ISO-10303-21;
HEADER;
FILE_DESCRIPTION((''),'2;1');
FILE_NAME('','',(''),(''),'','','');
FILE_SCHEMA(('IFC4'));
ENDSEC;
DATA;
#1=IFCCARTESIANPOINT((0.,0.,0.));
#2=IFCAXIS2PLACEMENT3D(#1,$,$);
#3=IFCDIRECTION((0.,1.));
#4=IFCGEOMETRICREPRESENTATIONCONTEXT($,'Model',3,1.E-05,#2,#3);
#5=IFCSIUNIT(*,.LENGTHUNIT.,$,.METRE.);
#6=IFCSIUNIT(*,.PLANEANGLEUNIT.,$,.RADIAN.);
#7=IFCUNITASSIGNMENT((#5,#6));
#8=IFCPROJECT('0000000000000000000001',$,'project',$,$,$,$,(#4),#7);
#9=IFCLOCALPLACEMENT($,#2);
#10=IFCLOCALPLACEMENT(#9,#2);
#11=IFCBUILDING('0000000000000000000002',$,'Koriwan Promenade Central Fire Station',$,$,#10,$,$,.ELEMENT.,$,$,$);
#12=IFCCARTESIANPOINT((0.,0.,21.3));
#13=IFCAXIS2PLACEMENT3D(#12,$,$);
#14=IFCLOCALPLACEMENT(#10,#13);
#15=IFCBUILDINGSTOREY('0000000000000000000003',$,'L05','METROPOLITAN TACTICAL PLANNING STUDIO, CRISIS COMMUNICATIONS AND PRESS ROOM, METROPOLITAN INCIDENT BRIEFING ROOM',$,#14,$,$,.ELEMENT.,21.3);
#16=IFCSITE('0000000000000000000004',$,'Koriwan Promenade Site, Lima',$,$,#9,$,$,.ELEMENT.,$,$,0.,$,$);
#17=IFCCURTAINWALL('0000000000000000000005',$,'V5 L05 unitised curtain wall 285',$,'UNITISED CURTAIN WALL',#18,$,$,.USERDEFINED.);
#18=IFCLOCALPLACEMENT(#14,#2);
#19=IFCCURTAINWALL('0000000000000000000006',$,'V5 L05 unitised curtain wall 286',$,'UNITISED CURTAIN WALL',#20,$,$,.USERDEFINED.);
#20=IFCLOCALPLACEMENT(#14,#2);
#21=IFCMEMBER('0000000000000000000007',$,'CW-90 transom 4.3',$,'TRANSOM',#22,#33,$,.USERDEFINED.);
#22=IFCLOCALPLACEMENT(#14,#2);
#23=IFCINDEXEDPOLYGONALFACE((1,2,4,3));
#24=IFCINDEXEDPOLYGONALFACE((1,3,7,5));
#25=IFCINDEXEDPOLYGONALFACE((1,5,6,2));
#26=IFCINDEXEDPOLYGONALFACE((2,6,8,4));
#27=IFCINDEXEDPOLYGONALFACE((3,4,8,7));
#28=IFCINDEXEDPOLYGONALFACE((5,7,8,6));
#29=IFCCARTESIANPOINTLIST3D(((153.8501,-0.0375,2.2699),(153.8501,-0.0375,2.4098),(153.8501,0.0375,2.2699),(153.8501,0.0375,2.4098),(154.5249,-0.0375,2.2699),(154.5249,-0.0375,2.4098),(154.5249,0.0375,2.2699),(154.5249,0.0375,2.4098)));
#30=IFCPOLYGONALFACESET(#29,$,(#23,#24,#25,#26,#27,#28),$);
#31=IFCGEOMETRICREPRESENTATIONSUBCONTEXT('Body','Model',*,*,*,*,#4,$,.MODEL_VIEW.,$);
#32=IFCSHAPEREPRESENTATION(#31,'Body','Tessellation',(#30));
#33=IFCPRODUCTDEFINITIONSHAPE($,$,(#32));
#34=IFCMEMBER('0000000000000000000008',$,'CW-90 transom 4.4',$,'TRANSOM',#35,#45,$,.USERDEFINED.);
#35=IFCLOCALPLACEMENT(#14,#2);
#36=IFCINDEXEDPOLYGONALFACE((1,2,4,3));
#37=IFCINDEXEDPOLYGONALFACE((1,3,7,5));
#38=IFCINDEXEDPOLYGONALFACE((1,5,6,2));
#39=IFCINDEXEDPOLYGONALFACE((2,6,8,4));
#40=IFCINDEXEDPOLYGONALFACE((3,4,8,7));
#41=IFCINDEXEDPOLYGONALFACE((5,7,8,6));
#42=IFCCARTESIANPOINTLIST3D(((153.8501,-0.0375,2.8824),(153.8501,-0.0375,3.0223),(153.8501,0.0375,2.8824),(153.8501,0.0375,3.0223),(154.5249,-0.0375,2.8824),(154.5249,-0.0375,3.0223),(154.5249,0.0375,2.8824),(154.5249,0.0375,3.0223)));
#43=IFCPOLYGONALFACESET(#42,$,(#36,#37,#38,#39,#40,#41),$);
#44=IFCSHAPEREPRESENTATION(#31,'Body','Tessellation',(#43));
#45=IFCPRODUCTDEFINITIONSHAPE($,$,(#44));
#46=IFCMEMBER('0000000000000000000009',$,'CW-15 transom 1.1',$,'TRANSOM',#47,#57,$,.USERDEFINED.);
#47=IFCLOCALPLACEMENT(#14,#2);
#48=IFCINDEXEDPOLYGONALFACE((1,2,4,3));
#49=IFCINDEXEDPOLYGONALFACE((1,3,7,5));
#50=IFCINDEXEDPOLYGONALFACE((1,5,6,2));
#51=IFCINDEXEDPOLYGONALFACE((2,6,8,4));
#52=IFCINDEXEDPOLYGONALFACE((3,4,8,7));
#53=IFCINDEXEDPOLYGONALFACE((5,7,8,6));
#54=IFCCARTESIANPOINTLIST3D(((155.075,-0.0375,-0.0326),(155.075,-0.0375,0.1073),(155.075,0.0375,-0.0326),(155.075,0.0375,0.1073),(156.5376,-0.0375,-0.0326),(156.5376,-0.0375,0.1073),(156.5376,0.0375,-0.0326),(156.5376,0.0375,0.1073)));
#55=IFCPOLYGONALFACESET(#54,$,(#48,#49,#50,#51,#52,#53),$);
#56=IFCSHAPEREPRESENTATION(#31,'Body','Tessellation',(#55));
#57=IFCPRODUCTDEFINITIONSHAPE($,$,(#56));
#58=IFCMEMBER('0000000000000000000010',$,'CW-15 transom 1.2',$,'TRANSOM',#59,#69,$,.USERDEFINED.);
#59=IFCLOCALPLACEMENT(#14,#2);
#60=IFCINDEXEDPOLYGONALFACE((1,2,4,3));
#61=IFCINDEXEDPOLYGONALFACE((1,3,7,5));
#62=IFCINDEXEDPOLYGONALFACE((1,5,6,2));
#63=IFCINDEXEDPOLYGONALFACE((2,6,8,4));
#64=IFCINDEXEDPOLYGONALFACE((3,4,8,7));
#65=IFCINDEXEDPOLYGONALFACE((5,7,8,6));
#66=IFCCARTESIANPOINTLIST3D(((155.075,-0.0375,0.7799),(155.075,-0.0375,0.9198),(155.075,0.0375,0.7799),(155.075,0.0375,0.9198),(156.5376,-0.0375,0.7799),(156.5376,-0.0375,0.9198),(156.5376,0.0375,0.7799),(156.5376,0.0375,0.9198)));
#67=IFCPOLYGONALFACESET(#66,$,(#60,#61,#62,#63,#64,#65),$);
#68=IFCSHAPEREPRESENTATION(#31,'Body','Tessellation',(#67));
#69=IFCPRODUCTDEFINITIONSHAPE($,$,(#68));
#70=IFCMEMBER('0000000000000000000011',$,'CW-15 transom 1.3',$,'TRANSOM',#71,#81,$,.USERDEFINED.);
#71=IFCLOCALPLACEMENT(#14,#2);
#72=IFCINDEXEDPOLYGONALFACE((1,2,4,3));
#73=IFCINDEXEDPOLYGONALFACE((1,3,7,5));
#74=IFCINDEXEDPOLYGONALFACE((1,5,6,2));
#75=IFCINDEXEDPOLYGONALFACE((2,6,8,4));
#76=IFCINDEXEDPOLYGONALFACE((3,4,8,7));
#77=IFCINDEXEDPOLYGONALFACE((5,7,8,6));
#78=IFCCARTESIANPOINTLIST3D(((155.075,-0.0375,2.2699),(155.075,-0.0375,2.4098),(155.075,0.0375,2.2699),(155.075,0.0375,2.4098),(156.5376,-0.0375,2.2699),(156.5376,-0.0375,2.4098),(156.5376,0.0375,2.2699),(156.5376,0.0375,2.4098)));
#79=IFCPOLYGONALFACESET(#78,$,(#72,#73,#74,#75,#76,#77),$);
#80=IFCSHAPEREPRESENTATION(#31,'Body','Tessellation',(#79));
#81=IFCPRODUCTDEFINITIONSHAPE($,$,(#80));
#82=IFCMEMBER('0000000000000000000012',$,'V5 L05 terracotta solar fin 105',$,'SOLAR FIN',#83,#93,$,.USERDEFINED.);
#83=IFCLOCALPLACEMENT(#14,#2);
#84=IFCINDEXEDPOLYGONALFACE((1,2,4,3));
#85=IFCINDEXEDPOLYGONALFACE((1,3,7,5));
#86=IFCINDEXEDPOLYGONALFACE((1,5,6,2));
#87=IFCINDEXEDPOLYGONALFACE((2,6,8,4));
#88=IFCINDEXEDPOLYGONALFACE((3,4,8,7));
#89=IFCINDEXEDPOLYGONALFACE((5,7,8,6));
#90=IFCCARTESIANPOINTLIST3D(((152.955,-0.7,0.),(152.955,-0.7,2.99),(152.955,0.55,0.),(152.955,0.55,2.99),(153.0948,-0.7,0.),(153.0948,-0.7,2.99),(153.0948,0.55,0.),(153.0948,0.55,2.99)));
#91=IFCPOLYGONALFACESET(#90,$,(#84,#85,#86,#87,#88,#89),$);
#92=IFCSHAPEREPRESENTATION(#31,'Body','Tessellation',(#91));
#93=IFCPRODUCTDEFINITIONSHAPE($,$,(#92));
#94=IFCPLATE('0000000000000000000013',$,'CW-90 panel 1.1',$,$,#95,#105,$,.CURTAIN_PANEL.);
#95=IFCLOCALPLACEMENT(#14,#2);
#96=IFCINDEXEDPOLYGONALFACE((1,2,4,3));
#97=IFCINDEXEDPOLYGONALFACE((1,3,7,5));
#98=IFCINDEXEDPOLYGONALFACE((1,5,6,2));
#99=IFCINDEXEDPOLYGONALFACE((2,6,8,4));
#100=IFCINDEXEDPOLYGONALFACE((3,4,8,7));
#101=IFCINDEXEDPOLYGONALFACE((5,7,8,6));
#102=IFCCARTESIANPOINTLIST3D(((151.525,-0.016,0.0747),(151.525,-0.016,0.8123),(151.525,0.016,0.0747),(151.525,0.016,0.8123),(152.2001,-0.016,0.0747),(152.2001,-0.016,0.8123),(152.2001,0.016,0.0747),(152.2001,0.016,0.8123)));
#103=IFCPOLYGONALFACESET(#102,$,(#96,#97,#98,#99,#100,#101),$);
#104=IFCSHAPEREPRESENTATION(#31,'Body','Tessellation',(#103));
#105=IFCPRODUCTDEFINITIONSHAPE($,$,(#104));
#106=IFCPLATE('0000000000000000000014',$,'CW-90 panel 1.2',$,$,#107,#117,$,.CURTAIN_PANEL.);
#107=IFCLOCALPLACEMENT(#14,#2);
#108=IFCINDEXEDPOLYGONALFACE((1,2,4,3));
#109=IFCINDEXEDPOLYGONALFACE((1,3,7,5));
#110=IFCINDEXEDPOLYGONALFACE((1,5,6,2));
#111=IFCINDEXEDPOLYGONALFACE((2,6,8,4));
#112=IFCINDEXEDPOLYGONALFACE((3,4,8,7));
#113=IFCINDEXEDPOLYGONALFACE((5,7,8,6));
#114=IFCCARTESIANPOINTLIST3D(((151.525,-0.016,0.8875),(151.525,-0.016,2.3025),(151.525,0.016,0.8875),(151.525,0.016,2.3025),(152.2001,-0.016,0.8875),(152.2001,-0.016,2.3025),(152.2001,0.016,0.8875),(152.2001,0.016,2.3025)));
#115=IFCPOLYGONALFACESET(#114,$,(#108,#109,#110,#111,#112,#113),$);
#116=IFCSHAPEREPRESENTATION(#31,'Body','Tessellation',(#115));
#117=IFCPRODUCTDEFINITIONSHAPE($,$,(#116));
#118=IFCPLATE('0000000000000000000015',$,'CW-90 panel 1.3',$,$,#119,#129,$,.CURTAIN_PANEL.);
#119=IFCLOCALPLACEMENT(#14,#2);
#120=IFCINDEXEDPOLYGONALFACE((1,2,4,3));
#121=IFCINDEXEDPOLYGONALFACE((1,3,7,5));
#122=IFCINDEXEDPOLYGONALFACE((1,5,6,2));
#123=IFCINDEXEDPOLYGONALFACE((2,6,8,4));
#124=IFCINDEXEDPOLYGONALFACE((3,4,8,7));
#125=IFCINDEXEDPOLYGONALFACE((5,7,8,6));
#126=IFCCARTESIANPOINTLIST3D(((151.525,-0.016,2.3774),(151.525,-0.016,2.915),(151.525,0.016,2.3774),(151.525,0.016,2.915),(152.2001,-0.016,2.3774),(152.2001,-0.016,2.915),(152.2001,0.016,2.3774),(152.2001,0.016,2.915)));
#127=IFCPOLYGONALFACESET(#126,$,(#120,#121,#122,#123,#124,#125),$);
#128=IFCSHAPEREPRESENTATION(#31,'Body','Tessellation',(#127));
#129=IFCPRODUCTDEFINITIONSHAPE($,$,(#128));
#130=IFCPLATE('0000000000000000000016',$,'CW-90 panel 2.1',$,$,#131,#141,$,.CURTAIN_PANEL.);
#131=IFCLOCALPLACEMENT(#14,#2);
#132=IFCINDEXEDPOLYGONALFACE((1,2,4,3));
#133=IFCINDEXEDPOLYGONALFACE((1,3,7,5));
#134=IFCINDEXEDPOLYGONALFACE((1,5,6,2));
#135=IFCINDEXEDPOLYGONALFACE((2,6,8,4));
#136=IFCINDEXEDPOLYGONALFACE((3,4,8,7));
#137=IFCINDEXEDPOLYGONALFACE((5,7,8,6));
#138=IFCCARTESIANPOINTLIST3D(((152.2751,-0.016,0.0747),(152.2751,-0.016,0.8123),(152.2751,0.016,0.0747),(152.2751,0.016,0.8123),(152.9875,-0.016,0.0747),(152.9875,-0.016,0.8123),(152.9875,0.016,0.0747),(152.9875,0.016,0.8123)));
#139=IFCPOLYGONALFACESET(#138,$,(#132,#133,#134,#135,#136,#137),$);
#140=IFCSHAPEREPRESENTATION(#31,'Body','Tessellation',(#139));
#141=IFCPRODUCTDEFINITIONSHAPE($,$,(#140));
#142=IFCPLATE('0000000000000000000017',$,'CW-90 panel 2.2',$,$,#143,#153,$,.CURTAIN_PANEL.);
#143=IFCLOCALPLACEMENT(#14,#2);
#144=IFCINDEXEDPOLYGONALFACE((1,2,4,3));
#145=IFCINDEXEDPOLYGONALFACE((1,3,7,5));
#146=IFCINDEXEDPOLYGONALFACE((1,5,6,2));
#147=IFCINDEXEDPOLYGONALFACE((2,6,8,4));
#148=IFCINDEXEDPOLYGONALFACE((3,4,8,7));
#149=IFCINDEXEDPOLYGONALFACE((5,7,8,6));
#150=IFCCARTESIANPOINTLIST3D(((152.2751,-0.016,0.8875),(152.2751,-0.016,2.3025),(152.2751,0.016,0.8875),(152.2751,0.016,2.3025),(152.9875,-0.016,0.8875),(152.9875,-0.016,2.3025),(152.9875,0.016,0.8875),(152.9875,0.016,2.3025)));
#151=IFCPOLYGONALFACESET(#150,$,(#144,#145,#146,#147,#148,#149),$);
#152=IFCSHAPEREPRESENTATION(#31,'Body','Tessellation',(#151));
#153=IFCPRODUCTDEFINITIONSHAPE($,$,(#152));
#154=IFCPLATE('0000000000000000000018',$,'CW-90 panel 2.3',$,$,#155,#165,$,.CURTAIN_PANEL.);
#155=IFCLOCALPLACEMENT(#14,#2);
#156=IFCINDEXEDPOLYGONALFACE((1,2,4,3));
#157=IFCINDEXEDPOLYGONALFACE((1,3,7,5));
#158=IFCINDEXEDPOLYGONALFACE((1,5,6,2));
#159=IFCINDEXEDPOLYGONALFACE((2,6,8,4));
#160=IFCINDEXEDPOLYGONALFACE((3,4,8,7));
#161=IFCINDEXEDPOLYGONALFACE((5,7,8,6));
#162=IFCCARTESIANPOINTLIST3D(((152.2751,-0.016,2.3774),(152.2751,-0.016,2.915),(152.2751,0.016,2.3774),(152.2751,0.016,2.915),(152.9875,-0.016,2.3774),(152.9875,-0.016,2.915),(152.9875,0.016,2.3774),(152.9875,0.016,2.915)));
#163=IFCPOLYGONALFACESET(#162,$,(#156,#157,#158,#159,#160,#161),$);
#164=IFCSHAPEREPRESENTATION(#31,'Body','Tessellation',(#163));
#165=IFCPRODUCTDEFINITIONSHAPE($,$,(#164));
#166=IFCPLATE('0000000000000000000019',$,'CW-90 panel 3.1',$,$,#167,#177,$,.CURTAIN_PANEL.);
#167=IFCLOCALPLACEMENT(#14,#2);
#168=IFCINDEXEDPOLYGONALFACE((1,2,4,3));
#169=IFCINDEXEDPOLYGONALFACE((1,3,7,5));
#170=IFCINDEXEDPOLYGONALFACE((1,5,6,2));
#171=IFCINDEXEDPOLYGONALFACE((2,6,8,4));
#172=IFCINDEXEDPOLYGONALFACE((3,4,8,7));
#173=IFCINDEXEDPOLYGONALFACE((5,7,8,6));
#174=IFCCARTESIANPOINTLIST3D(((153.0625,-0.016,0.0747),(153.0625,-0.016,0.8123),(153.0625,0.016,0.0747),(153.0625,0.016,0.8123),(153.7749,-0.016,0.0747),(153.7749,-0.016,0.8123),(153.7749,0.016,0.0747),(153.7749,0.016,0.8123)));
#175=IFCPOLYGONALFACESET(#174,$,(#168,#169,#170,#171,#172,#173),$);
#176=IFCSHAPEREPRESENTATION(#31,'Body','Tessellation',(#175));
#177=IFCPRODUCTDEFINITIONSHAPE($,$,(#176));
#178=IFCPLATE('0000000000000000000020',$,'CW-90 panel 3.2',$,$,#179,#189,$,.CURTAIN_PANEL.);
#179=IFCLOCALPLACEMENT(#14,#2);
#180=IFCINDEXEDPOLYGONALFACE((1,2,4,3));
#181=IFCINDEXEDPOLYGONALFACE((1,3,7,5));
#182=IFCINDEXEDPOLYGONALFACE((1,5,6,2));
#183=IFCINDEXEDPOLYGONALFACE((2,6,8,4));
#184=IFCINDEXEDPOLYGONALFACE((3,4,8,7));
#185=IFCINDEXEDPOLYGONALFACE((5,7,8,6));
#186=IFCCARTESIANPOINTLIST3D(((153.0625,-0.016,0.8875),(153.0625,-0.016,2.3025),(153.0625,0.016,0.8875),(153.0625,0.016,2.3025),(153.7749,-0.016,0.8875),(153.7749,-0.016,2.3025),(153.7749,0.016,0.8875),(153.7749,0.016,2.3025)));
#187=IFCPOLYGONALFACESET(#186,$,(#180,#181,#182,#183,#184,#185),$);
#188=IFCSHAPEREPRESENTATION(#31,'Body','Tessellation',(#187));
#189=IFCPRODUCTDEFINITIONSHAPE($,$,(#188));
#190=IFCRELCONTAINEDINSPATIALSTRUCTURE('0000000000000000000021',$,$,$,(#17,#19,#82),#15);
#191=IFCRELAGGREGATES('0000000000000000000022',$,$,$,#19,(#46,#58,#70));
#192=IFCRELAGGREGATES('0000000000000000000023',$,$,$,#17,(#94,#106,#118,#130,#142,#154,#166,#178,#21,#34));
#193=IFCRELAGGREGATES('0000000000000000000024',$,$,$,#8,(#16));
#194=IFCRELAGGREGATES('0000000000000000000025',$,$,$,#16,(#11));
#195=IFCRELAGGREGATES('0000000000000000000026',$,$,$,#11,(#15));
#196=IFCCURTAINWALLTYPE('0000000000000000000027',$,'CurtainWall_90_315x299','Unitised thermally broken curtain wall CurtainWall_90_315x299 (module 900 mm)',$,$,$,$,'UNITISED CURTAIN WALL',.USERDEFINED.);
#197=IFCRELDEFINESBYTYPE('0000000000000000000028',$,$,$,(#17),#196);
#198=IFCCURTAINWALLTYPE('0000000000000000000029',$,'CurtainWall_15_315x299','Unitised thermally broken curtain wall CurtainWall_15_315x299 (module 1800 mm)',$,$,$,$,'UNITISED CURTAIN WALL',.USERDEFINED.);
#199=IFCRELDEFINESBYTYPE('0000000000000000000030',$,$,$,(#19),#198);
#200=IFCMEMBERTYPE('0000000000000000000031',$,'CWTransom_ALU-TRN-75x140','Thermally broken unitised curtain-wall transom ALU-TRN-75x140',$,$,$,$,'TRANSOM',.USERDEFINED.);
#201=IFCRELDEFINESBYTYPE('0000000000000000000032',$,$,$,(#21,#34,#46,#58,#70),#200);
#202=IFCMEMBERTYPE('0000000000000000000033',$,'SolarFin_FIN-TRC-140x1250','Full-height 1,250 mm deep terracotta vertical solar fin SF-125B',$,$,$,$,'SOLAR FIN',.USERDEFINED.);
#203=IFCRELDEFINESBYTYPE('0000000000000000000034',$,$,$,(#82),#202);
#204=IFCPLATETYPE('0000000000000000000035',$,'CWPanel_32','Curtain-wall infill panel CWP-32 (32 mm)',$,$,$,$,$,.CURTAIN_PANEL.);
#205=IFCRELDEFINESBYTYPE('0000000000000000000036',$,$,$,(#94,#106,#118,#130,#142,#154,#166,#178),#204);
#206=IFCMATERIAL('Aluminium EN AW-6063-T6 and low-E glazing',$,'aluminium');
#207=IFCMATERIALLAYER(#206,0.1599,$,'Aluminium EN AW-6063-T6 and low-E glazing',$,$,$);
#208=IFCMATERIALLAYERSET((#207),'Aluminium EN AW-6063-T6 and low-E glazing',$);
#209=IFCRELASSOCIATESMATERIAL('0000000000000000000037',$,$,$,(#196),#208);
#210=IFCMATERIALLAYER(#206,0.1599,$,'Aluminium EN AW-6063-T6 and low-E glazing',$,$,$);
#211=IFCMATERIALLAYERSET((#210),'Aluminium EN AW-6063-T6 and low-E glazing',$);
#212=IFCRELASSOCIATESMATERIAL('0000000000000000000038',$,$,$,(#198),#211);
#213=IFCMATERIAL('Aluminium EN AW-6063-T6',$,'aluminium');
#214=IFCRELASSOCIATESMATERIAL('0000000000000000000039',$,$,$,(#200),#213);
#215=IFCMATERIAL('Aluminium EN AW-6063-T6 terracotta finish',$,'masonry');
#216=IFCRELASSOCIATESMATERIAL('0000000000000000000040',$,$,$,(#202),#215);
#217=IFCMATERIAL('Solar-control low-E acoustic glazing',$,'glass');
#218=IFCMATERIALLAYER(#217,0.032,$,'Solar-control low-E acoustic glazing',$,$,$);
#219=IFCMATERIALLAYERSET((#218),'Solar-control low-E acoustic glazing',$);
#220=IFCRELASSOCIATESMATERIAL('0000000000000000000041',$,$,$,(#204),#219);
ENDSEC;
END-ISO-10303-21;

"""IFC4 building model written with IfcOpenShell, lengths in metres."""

from ifc_helpers import new_model, si_unit, direction, frame, origin, origin_2d, place, context, subcontext, project, spatial, rectangle, extrude, material, layer, layer_set, material_profile, profile_set, type_object, element, aggregate, save


model = new_model("IFC4")

# Units and contexts
model_context = context("Model", 3, precision=1e-05, world=origin(), true_north=direction((0.0, 1.0)))
body_context = subcontext(model_context, "Body", "Model", "MODEL_VIEW")
ifc_project = project(units=[si_unit("LENGTHUNIT", "METRE"), si_unit("PLANEANGLEUNIT", "RADIAN")], contexts=[model_context])

# Site, building, storey
site_placement = place(None, origin())
site = spatial("IfcSite", under=ifc_project, at=site_placement, Name="Koriwan Promenade Site, Lima", CompositionType="ELEMENT", RefElevation=0.0)
building_placement = place(site_placement, origin())
building = spatial("IfcBuilding", under=site, at=building_placement, Name="Koriwan Promenade Central Fire Station", CompositionType="ELEMENT")
storey_placement = place(building_placement, frame((0.0, 0.0, 21.3)))
storey = spatial("IfcBuildingStorey", under=building, at=storey_placement, Name="L05", Description="METROPOLITAN TACTICAL PLANNING STUDIO, CRISIS COMMUNICATIONS AND PRESS ROOM, METROPOLITAN INCIDENT BRIEFING ROOM", CompositionType="ELEMENT", Elevation=21.3)

# Curtain wall
ifc_material_1 = material(Name="Aluminium EN AW-6063-T6 and low-E glazing", Category="aluminium")
ifc_layer_1 = layer(ifc_material_1, 0.1599, Name="Aluminium EN AW-6063-T6 and low-E glazing")
ifc_layer_set_1 = layer_set([ifc_layer_1], Name="Aluminium EN AW-6063-T6 and low-E glazing")
curtain_wall_type_1 = type_object("IfcCurtainWallType", Name="CurtainWall_90_315x299", Description="Unitised thermally broken curtain wall CurtainWall_90_315x299 (module 900 mm)", ElementType="UNITISED CURTAIN WALL", PredefinedType="USERDEFINED", material=ifc_layer_set_1)
curtain_wall_1_placement = place(storey_placement, origin())
curtain_wall_1 = element("IfcCurtainWall", 1, at=curtain_wall_1_placement, inside=storey, type_object=curtain_wall_type_1, Name="V5 L05 unitised curtain wall 285", ObjectType="UNITISED CURTAIN WALL", PredefinedType="USERDEFINED")
ifc_material_2 = material(Name="Aluminium EN AW-6063-T6", Category="aluminium")

# Curtain wall
ifc_layer_2 = layer(ifc_material_1, 0.1599, Name="Aluminium EN AW-6063-T6 and low-E glazing")
ifc_layer_set_2 = layer_set([ifc_layer_2], Name="Aluminium EN AW-6063-T6 and low-E glazing")
curtain_wall_type_2 = type_object("IfcCurtainWallType", Name="CurtainWall_15_315x299", Description="Unitised thermally broken curtain wall CurtainWall_15_315x299 (module 1800 mm)", ElementType="UNITISED CURTAIN WALL", PredefinedType="USERDEFINED", material=ifc_layer_set_2)
curtain_wall_2_placement = place(storey_placement, origin())
curtain_wall_2 = element("IfcCurtainWall", 2, at=curtain_wall_2_placement, inside=storey, type_object=curtain_wall_type_2, Name="V5 L05 unitised curtain wall 286", ObjectType="UNITISED CURTAIN WALL", PredefinedType="USERDEFINED")

# Members
ifc_material_profile_1 = material_profile(ifc_material_2, rectangle(XDim=0.075, YDim=0.1399, at=origin_2d()), Name="ALU-TRN-75x140")
ifc_profile_set_1 = profile_set([ifc_material_profile_1], Name="Aluminium EN AW-6063-T6")
member_type_1 = type_object("IfcMemberType", Name="CWTransom_ALU-TRN-75x140", Description="Thermally broken unitised curtain-wall transom ALU-TRN-75x140", ElementType="TRANSOM", PredefinedType="USERDEFINED", material=ifc_profile_set_1)
member_1_placement = place(storey_placement, frame((153.8501, 0.0, 2.3398), z_axis=(1.0, 0.0, 0.0), x_axis=(0.0, 1.0, 0.0)))
member_1 = element("IfcMember", 3, at=member_1_placement, type_object=member_type_1, Name="CW-90 transom 4.3", ObjectType="TRANSOM", PredefinedType="USERDEFINED", context=body_context, shape_type="SweptSolid", body=[
    extrude(rectangle(XDim=0.075, YDim=0.1399, at=origin_2d()), origin(), (0.0, 0.0, 1.0), 0.6748),
])
member_2_placement = place(storey_placement, frame((153.8501, 0.0, 2.9524), z_axis=(1.0, 0.0, 0.0), x_axis=(0.0, 1.0, 0.0)))
member_2 = element("IfcMember", 4, at=member_2_placement, type_object=member_type_1, Name="CW-90 transom 4.4", ObjectType="TRANSOM", PredefinedType="USERDEFINED", context=body_context, shape_type="SweptSolid", body=[
    extrude(rectangle(XDim=0.075, YDim=0.1399, at=origin_2d()), origin(), (0.0, 0.0, 1.0), 0.6748),
])
member_3_placement = place(storey_placement, frame((155.075, 0.0, 0.0374), z_axis=(1.0, 0.0, 0.0), x_axis=(0.0, 1.0, 0.0)))
member_3 = element("IfcMember", 5, at=member_3_placement, type_object=member_type_1, Name="CW-15 transom 1.1", ObjectType="TRANSOM", PredefinedType="USERDEFINED", context=body_context, shape_type="SweptSolid", body=[
    extrude(rectangle(XDim=0.075, YDim=0.1399, at=origin_2d()), origin(), (0.0, 0.0, 1.0), 1.4626),
])
member_4_placement = place(storey_placement, frame((155.075, 0.0, 0.8499), z_axis=(1.0, 0.0, 0.0), x_axis=(0.0, 1.0, 0.0)))
member_4 = element("IfcMember", 6, at=member_4_placement, type_object=member_type_1, Name="CW-15 transom 1.2", ObjectType="TRANSOM", PredefinedType="USERDEFINED", context=body_context, shape_type="SweptSolid", body=[
    extrude(rectangle(XDim=0.075, YDim=0.1399, at=origin_2d()), origin(), (0.0, 0.0, 1.0), 1.4626),
])
member_5_placement = place(storey_placement, frame((155.075, 0.0, 2.3398), z_axis=(1.0, 0.0, 0.0), x_axis=(0.0, 1.0, 0.0)))
member_5 = element("IfcMember", 7, at=member_5_placement, type_object=member_type_1, Name="CW-15 transom 1.3", ObjectType="TRANSOM", PredefinedType="USERDEFINED", context=body_context, shape_type="SweptSolid", body=[
    extrude(rectangle(XDim=0.075, YDim=0.1399, at=origin_2d()), origin(), (0.0, 0.0, 1.0), 1.4626),
])
aggregate(curtain_wall_2, [member_3, member_4, member_5])
ifc_material_3 = material(Name="Aluminium EN AW-6063-T6 terracotta finish", Category="masonry")
ifc_material_profile_2 = material_profile(ifc_material_3, rectangle(XDim=0.1399, YDim=1.25, at=origin_2d()), Name="FIN-TRC-140x1250")
ifc_profile_set_2 = profile_set([ifc_material_profile_2], Name="Aluminium EN AW-6063-T6 terracotta finish")
member_type_2 = type_object("IfcMemberType", Name="SolarFin_FIN-TRC-140x1250", Description="Full-height 1,250 mm deep terracotta vertical solar fin SF-125B", ElementType="SOLAR FIN", PredefinedType="USERDEFINED", material=ifc_profile_set_2)
member_6_placement = place(storey_placement, frame((153.0249, -0.075, 0.0), z_axis=(0.0, 0.0, 1.0), x_axis=(-1.0, 0.0, 0.0)))
element("IfcMember", 8, at=member_6_placement, inside=storey, type_object=member_type_2, Name="V5 L05 terracotta solar fin 105", ObjectType="SOLAR FIN", PredefinedType="USERDEFINED", context=body_context, shape_type="SweptSolid", body=[
    extrude(rectangle(XDim=0.1399, YDim=1.25, at=origin_2d()), origin(), (0.0, 0.0, 1.0), 2.99),
])

# Plates
ifc_material_4 = material(Name="Solar-control low-E acoustic glazing", Category="glass")
ifc_layer_3 = layer(ifc_material_4, 0.032, Name="Solar-control low-E acoustic glazing")
ifc_layer_set_3 = layer_set([ifc_layer_3], Name="Solar-control low-E acoustic glazing")
plate_type = type_object("IfcPlateType", Name="CWPanel_32", Description="Curtain-wall infill panel CWP-32 (32 mm)", PredefinedType="CURTAIN_PANEL", material=ifc_layer_set_3)
plate_1_placement = place(storey_placement, frame((151.8625, 0.0, 0.0747), z_axis=(0.0, 0.0, 1.0), x_axis=(1.0, 0.0, 0.0)))
plate_1 = element("IfcPlate", 9, at=plate_1_placement, type_object=plate_type, Name="CW-90 panel 1.1", PredefinedType="CURTAIN_PANEL", context=body_context, shape_type="SweptSolid", body=[
    extrude(rectangle(XDim=0.675, YDim=0.032, at=origin_2d()), origin(), (0.0, 0.0, 1.0), 0.7375),
])
plate_2_placement = place(storey_placement, frame((151.8625, 0.0, 0.8875), z_axis=(0.0, 0.0, 1.0), x_axis=(1.0, 0.0, 0.0)))
plate_2 = element("IfcPlate", 10, at=plate_2_placement, type_object=plate_type, Name="CW-90 panel 1.2", PredefinedType="CURTAIN_PANEL", context=body_context, shape_type="SweptSolid", body=[
    extrude(rectangle(XDim=0.675, YDim=0.032, at=origin_2d()), origin(), (0.0, 0.0, 1.0), 1.415),
])
plate_3_placement = place(storey_placement, frame((151.8625, 0.0, 2.3774), z_axis=(0.0, 0.0, 1.0), x_axis=(1.0, 0.0, 0.0)))
plate_3 = element("IfcPlate", 11, at=plate_3_placement, type_object=plate_type, Name="CW-90 panel 1.3", PredefinedType="CURTAIN_PANEL", context=body_context, shape_type="SweptSolid", body=[
    extrude(rectangle(XDim=0.675, YDim=0.032, at=origin_2d()), origin(), (0.0, 0.0, 1.0), 0.5376),
])
plate_4_placement = place(storey_placement, frame((152.6313, 0.0, 0.0747), z_axis=(0.0, 0.0, 1.0), x_axis=(1.0, 0.0, 0.0)))
plate_4 = element("IfcPlate", 12, at=plate_4_placement, type_object=plate_type, Name="CW-90 panel 2.1", PredefinedType="CURTAIN_PANEL", context=body_context, shape_type="SweptSolid", body=[
    extrude(rectangle(XDim=0.7124, YDim=0.032, at=origin_2d()), origin(), (0.0, 0.0, 1.0), 0.7375),
])
plate_5_placement = place(storey_placement, frame((152.6313, 0.0, 0.8875), z_axis=(0.0, 0.0, 1.0), x_axis=(1.0, 0.0, 0.0)))
plate_5 = element("IfcPlate", 13, at=plate_5_placement, type_object=plate_type, Name="CW-90 panel 2.2", PredefinedType="CURTAIN_PANEL", context=body_context, shape_type="SweptSolid", body=[
    extrude(rectangle(XDim=0.7124, YDim=0.032, at=origin_2d()), origin(), (0.0, 0.0, 1.0), 1.415),
])
plate_6_placement = place(storey_placement, frame((152.6313, 0.0, 2.3774), z_axis=(0.0, 0.0, 1.0), x_axis=(1.0, 0.0, 0.0)))
plate_6 = element("IfcPlate", 14, at=plate_6_placement, type_object=plate_type, Name="CW-90 panel 2.3", PredefinedType="CURTAIN_PANEL", context=body_context, shape_type="SweptSolid", body=[
    extrude(rectangle(XDim=0.7124, YDim=0.032, at=origin_2d()), origin(), (0.0, 0.0, 1.0), 0.5376),
])
plate_7_placement = place(storey_placement, frame((153.4187, 0.0, 0.0747), z_axis=(0.0, 0.0, 1.0), x_axis=(1.0, 0.0, 0.0)))
plate_7 = element("IfcPlate", 15, at=plate_7_placement, type_object=plate_type, Name="CW-90 panel 3.1", PredefinedType="CURTAIN_PANEL", context=body_context, shape_type="SweptSolid", body=[
    extrude(rectangle(XDim=0.7124, YDim=0.032, at=origin_2d()), origin(), (0.0, 0.0, 1.0), 0.7375),
])
plate_8_placement = place(storey_placement, frame((153.4187, 0.0, 0.8875), z_axis=(0.0, 0.0, 1.0), x_axis=(1.0, 0.0, 0.0)))
plate_8 = element("IfcPlate", 16, at=plate_8_placement, type_object=plate_type, Name="CW-90 panel 3.2", PredefinedType="CURTAIN_PANEL", context=body_context, shape_type="SweptSolid", body=[
    extrude(rectangle(XDim=0.7124, YDim=0.032, at=origin_2d()), origin(), (0.0, 0.0, 1.0), 1.415),
])
aggregate(curtain_wall_1, [plate_1, plate_2, plate_3, plate_4, plate_5, plate_6, plate_7, plate_8, member_1, member_2])

save(model, "model.ifc")
